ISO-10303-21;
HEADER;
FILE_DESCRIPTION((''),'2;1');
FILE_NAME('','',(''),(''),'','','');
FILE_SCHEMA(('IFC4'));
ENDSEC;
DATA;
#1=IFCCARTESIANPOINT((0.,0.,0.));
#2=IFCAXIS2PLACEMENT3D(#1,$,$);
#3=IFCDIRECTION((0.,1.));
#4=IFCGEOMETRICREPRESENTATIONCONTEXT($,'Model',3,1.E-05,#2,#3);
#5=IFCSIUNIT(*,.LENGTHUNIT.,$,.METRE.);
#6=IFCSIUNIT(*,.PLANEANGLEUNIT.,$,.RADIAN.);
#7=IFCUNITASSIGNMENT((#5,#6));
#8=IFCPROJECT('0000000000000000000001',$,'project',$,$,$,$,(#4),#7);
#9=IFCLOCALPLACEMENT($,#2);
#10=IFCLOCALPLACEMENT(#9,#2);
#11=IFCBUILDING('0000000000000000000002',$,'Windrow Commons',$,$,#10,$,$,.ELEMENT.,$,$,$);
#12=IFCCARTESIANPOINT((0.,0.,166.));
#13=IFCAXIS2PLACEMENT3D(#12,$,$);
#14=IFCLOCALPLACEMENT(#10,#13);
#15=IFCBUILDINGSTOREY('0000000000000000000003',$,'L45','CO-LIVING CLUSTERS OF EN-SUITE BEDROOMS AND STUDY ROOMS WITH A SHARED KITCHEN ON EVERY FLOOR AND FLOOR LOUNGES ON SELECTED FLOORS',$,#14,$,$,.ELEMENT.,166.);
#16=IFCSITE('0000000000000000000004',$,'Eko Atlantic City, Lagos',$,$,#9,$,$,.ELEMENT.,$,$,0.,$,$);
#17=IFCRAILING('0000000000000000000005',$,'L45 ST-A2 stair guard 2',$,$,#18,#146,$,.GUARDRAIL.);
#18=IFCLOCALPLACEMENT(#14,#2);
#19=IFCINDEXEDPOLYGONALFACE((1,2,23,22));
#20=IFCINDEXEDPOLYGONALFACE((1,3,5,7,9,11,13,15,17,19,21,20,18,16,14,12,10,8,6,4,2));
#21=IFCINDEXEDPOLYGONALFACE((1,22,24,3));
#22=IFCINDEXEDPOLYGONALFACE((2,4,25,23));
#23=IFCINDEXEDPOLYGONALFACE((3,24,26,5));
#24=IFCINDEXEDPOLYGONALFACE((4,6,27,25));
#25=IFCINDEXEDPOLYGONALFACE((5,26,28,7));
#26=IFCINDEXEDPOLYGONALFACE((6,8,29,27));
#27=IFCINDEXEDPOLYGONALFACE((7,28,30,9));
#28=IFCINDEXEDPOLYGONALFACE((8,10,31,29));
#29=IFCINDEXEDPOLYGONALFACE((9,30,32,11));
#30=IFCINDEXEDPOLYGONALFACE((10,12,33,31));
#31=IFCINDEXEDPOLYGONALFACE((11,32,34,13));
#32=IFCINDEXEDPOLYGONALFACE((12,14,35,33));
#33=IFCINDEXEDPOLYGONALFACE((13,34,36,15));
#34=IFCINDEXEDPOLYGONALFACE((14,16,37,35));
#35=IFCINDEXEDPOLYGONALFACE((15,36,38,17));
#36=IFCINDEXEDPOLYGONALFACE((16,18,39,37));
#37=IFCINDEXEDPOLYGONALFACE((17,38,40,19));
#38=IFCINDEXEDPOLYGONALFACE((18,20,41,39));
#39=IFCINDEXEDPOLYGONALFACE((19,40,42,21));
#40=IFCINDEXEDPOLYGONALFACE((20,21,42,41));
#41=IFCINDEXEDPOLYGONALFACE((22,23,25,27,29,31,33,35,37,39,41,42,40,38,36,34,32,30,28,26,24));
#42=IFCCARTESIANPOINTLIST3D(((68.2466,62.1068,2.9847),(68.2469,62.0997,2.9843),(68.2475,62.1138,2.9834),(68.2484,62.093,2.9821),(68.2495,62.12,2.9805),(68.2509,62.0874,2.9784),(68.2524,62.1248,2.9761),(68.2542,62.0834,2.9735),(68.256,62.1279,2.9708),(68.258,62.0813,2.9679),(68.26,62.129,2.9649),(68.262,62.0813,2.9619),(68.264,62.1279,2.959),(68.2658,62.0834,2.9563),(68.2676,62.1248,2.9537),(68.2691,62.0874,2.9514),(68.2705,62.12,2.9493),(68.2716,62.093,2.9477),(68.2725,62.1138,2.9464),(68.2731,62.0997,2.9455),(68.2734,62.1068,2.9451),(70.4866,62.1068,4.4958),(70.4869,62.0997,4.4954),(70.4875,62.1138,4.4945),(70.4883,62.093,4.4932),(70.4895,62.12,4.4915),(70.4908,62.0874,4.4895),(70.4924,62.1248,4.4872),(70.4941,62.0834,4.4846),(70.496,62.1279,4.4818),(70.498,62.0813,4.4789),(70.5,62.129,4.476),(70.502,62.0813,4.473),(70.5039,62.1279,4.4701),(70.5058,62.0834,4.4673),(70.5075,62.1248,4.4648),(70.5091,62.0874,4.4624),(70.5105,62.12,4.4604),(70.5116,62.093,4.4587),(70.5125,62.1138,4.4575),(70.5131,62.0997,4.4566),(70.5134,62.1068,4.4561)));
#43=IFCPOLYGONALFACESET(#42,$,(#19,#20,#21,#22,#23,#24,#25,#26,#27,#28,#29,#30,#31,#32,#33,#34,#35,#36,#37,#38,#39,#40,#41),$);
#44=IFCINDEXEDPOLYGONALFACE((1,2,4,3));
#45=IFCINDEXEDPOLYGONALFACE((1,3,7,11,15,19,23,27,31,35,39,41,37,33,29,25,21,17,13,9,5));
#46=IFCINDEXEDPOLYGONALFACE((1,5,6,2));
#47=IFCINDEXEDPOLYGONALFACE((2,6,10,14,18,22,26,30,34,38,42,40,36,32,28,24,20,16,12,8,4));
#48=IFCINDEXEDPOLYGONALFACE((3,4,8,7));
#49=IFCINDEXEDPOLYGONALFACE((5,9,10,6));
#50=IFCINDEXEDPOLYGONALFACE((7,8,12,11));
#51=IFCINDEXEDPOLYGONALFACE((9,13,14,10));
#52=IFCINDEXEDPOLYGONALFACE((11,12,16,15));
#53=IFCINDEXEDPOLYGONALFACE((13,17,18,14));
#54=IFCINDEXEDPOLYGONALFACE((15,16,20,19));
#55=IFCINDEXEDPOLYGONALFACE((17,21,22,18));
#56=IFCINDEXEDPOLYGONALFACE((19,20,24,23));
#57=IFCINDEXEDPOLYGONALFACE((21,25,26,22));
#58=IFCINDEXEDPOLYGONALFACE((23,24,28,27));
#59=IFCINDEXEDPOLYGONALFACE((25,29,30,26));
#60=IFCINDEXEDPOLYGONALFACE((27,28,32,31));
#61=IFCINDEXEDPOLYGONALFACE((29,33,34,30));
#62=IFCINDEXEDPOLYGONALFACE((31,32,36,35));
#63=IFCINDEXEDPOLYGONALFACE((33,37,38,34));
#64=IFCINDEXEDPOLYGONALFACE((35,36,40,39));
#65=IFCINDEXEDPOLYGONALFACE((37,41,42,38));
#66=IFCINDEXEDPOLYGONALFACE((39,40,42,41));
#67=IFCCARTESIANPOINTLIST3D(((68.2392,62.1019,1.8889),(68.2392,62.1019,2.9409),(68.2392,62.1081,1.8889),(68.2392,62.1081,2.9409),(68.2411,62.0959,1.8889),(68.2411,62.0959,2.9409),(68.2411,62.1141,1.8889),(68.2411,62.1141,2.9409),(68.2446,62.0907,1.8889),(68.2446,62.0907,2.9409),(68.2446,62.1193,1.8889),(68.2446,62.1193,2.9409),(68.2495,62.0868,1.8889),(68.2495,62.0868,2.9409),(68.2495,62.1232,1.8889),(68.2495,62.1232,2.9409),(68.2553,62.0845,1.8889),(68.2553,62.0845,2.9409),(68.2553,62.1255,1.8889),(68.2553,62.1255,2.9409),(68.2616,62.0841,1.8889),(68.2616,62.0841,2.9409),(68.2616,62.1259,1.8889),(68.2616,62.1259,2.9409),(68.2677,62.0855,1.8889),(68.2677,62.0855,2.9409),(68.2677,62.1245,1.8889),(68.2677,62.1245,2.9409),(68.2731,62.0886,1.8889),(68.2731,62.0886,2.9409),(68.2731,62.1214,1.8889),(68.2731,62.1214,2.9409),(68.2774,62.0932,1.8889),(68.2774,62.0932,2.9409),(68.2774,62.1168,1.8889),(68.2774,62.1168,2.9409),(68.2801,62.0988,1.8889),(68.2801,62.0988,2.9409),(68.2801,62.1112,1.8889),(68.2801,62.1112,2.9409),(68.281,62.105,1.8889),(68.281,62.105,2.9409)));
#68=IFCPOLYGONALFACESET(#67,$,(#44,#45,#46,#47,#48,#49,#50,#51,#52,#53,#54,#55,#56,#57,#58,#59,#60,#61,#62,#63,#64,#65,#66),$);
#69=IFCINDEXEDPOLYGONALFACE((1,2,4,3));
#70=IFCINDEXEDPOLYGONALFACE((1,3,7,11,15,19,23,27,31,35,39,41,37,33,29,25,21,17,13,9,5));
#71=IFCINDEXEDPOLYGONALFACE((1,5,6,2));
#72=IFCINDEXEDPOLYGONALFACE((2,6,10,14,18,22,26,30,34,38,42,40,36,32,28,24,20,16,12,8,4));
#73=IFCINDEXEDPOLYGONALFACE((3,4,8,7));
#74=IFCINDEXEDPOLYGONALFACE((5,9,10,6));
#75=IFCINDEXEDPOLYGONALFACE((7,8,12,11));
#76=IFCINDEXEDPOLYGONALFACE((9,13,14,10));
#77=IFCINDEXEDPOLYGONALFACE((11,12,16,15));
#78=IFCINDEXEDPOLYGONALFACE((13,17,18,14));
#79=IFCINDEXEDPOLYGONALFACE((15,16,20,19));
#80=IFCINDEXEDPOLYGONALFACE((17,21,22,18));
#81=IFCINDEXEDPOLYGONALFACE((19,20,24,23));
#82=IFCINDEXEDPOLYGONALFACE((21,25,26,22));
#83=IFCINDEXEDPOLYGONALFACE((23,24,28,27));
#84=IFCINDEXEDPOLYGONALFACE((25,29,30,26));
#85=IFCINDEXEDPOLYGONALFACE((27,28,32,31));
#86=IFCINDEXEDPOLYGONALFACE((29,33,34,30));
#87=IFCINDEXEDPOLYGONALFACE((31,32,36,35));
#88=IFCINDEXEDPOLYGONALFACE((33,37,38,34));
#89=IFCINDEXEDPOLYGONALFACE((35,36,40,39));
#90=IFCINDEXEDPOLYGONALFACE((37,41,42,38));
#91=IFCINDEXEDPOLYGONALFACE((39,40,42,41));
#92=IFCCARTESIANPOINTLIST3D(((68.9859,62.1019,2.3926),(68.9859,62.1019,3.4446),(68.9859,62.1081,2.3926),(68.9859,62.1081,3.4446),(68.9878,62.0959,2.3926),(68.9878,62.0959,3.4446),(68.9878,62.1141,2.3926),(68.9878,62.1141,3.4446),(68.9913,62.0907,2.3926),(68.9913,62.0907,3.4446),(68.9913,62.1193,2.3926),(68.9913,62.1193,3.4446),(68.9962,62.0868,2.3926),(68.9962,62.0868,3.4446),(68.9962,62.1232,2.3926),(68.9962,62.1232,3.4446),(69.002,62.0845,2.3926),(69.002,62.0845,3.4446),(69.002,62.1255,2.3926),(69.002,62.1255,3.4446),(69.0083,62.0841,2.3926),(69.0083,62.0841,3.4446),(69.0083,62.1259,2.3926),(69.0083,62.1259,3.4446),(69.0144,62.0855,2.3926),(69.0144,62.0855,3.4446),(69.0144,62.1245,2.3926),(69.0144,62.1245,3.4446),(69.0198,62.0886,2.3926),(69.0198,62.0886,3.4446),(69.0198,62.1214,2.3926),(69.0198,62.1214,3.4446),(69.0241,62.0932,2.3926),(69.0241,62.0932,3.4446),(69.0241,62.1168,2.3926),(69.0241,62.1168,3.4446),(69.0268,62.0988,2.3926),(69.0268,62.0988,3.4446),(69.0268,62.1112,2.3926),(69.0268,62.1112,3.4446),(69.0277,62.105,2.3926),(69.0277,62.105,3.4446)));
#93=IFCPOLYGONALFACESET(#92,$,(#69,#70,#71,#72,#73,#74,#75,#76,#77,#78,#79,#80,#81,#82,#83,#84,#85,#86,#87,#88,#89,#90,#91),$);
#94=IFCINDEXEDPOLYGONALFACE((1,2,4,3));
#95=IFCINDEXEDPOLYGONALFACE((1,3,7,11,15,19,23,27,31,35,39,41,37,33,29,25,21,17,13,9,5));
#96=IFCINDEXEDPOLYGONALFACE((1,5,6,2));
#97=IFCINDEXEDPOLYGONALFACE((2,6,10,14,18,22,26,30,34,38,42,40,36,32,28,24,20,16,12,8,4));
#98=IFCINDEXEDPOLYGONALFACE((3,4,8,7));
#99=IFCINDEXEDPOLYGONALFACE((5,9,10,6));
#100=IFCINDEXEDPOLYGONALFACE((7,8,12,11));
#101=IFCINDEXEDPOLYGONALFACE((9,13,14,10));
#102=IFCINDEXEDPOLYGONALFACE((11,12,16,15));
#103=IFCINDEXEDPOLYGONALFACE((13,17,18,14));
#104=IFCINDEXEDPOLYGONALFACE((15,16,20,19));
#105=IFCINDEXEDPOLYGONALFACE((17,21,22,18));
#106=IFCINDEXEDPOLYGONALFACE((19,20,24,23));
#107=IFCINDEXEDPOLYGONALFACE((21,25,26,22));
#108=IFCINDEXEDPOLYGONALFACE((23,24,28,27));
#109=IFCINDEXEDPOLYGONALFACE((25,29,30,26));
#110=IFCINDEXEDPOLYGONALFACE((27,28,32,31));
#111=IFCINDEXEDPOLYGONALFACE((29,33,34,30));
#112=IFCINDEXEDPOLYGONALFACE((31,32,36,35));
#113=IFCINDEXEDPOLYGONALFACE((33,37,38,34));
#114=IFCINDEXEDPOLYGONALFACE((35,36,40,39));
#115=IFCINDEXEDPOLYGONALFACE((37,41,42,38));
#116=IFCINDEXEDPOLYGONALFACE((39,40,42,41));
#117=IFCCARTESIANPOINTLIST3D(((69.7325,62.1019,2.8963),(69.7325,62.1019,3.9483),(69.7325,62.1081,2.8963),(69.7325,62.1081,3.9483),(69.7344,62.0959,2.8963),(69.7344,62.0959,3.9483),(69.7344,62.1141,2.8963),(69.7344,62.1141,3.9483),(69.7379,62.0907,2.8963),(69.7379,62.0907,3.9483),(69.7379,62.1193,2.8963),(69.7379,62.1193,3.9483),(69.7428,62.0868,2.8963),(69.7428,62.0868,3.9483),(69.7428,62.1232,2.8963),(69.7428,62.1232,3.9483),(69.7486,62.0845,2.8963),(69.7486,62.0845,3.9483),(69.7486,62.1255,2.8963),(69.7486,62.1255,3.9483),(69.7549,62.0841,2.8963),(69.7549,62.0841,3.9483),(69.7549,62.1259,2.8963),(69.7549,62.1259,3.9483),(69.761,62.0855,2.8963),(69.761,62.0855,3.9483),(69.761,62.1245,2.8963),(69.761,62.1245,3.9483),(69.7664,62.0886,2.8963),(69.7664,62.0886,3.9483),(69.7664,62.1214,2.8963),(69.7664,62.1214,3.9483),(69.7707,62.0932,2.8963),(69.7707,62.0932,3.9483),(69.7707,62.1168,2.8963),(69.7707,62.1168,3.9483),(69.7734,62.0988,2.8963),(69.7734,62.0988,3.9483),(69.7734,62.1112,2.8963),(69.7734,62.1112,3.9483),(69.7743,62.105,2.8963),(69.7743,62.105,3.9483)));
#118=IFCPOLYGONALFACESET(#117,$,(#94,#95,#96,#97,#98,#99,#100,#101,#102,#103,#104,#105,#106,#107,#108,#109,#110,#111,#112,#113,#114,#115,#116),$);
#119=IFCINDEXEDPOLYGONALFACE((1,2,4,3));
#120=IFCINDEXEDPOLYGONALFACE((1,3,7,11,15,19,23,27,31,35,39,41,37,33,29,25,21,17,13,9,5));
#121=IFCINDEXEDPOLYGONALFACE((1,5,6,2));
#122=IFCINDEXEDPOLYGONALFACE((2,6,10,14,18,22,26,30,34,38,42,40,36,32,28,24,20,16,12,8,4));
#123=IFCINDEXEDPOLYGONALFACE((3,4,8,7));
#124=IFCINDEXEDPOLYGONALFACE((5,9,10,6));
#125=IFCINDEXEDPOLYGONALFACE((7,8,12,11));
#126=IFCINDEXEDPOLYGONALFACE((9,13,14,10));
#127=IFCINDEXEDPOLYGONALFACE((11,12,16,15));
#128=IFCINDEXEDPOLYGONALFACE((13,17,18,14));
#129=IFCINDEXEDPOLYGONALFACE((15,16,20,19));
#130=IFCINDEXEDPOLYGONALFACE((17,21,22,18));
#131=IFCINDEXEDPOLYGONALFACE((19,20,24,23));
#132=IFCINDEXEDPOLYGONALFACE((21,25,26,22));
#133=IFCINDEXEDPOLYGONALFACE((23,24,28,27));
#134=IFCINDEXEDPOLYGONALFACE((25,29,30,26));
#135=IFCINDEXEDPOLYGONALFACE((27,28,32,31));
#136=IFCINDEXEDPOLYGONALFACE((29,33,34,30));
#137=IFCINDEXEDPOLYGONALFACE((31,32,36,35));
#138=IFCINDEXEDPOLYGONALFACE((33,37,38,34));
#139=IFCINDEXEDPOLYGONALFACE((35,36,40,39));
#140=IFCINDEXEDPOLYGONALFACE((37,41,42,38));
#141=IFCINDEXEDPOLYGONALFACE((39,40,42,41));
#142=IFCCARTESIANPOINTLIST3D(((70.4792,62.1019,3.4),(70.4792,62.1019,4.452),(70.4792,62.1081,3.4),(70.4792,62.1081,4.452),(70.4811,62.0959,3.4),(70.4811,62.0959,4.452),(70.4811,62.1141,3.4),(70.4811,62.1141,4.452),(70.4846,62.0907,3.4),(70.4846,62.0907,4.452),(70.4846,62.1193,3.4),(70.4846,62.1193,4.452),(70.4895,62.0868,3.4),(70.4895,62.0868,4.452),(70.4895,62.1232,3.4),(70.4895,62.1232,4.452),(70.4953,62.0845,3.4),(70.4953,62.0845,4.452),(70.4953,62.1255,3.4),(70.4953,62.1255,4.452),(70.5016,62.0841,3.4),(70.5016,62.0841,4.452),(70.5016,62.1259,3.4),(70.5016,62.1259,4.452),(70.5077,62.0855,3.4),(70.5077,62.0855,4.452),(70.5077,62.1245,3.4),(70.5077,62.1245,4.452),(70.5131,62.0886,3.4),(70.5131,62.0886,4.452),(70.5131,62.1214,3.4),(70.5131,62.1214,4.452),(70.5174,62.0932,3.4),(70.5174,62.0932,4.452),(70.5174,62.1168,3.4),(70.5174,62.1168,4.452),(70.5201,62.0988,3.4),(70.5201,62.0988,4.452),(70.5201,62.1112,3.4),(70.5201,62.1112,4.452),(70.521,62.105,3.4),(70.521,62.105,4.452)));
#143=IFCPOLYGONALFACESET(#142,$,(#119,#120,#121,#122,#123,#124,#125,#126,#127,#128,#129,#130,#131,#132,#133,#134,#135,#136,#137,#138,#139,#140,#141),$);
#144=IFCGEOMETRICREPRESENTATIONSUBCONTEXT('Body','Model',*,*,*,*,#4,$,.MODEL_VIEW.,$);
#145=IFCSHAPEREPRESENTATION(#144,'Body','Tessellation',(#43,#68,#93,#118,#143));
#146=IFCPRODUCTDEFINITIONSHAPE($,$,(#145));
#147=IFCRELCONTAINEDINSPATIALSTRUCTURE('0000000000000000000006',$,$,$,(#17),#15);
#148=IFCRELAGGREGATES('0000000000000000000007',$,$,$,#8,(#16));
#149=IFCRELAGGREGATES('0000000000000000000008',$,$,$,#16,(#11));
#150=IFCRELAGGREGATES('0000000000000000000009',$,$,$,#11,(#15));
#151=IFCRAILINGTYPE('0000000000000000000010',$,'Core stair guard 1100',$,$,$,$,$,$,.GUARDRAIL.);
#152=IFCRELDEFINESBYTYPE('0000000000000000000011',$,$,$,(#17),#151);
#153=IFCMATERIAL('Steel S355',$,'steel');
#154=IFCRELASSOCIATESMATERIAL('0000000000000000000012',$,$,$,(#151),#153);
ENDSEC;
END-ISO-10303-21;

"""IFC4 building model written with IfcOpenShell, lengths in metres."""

from ifc_helpers import new_model, si_unit, direction, frame, origin, origin_2d, place, context, subcontext, project, spatial, circle, extrude, material, type_object, element, save


model = new_model("IFC4")

# Units and contexts
model_context = context("Model", 3, precision=1e-05, world=origin(), true_north=direction((0.0, 1.0)))
body_context = subcontext(model_context, "Body", "Model", "MODEL_VIEW")
ifc_project = project(units=[si_unit("LENGTHUNIT", "METRE"), si_unit("PLANEANGLEUNIT", "RADIAN")], contexts=[model_context])

# Site, building, storey
site_placement = place(None, origin())
site = spatial("IfcSite", under=ifc_project, at=site_placement, Name="Eko Atlantic City, Lagos", CompositionType="ELEMENT", RefElevation=0.0)
building_placement = place(site_placement, origin())
building = spatial("IfcBuilding", under=site, at=building_placement, Name="Windrow Commons", CompositionType="ELEMENT")
storey_placement = place(building_placement, frame((0.0, 0.0, 166.0)))
storey = spatial("IfcBuildingStorey", under=building, at=storey_placement, Name="L45", Description="CO-LIVING CLUSTERS OF EN-SUITE BEDROOMS AND STUDY ROOMS WITH A SHARED KITCHEN ON EVERY FLOOR AND FLOOR LOUNGES ON SELECTED FLOORS", CompositionType="ELEMENT", Elevation=166.0)

# Railing
ifc_material_1 = material(Name="Steel S355", Category="steel")
railing_type_1 = type_object("IfcRailingType", Name="Core stair guard 1100", PredefinedType="GUARDRAIL", material=ifc_material_1)
railing_1_placement = place(storey_placement, frame((68.26, 62.105, 1.8889)))
element("IfcRailing", 1, at=railing_1_placement, inside=storey, type_object=railing_type_1, Name="L45 ST-A2 stair guard 2", PredefinedType="GUARDRAIL", context=body_context, shape_type="SweptSolid", body=[
    extrude(circle(Radius=0.024, at=origin_2d()), frame((0.0, 0.0, 1.076), z_axis=(0.829003, 0.0, 0.559244), x_axis=(0.0, 1.0, 0.0)), (0.0, 0.0, 1.0), 2.702),
    extrude(circle(Radius=0.021, at=origin_2d()), origin(), (0.0, 0.0, 1.0), 1.052),
    extrude(circle(Radius=0.021, at=origin_2d()), frame((0.7467, 0.0, 0.5037)), (0.0, 0.0, 1.0), 1.052),
    extrude(circle(Radius=0.021, at=origin_2d()), frame((1.4933, 0.0, 1.0074)), (0.0, 0.0, 1.0), 1.052),
    extrude(circle(Radius=0.021, at=origin_2d()), frame((2.24, 0.0, 1.5111)), (0.0, 0.0, 1.0), 1.052),
])

save(model, "model.ifc")
